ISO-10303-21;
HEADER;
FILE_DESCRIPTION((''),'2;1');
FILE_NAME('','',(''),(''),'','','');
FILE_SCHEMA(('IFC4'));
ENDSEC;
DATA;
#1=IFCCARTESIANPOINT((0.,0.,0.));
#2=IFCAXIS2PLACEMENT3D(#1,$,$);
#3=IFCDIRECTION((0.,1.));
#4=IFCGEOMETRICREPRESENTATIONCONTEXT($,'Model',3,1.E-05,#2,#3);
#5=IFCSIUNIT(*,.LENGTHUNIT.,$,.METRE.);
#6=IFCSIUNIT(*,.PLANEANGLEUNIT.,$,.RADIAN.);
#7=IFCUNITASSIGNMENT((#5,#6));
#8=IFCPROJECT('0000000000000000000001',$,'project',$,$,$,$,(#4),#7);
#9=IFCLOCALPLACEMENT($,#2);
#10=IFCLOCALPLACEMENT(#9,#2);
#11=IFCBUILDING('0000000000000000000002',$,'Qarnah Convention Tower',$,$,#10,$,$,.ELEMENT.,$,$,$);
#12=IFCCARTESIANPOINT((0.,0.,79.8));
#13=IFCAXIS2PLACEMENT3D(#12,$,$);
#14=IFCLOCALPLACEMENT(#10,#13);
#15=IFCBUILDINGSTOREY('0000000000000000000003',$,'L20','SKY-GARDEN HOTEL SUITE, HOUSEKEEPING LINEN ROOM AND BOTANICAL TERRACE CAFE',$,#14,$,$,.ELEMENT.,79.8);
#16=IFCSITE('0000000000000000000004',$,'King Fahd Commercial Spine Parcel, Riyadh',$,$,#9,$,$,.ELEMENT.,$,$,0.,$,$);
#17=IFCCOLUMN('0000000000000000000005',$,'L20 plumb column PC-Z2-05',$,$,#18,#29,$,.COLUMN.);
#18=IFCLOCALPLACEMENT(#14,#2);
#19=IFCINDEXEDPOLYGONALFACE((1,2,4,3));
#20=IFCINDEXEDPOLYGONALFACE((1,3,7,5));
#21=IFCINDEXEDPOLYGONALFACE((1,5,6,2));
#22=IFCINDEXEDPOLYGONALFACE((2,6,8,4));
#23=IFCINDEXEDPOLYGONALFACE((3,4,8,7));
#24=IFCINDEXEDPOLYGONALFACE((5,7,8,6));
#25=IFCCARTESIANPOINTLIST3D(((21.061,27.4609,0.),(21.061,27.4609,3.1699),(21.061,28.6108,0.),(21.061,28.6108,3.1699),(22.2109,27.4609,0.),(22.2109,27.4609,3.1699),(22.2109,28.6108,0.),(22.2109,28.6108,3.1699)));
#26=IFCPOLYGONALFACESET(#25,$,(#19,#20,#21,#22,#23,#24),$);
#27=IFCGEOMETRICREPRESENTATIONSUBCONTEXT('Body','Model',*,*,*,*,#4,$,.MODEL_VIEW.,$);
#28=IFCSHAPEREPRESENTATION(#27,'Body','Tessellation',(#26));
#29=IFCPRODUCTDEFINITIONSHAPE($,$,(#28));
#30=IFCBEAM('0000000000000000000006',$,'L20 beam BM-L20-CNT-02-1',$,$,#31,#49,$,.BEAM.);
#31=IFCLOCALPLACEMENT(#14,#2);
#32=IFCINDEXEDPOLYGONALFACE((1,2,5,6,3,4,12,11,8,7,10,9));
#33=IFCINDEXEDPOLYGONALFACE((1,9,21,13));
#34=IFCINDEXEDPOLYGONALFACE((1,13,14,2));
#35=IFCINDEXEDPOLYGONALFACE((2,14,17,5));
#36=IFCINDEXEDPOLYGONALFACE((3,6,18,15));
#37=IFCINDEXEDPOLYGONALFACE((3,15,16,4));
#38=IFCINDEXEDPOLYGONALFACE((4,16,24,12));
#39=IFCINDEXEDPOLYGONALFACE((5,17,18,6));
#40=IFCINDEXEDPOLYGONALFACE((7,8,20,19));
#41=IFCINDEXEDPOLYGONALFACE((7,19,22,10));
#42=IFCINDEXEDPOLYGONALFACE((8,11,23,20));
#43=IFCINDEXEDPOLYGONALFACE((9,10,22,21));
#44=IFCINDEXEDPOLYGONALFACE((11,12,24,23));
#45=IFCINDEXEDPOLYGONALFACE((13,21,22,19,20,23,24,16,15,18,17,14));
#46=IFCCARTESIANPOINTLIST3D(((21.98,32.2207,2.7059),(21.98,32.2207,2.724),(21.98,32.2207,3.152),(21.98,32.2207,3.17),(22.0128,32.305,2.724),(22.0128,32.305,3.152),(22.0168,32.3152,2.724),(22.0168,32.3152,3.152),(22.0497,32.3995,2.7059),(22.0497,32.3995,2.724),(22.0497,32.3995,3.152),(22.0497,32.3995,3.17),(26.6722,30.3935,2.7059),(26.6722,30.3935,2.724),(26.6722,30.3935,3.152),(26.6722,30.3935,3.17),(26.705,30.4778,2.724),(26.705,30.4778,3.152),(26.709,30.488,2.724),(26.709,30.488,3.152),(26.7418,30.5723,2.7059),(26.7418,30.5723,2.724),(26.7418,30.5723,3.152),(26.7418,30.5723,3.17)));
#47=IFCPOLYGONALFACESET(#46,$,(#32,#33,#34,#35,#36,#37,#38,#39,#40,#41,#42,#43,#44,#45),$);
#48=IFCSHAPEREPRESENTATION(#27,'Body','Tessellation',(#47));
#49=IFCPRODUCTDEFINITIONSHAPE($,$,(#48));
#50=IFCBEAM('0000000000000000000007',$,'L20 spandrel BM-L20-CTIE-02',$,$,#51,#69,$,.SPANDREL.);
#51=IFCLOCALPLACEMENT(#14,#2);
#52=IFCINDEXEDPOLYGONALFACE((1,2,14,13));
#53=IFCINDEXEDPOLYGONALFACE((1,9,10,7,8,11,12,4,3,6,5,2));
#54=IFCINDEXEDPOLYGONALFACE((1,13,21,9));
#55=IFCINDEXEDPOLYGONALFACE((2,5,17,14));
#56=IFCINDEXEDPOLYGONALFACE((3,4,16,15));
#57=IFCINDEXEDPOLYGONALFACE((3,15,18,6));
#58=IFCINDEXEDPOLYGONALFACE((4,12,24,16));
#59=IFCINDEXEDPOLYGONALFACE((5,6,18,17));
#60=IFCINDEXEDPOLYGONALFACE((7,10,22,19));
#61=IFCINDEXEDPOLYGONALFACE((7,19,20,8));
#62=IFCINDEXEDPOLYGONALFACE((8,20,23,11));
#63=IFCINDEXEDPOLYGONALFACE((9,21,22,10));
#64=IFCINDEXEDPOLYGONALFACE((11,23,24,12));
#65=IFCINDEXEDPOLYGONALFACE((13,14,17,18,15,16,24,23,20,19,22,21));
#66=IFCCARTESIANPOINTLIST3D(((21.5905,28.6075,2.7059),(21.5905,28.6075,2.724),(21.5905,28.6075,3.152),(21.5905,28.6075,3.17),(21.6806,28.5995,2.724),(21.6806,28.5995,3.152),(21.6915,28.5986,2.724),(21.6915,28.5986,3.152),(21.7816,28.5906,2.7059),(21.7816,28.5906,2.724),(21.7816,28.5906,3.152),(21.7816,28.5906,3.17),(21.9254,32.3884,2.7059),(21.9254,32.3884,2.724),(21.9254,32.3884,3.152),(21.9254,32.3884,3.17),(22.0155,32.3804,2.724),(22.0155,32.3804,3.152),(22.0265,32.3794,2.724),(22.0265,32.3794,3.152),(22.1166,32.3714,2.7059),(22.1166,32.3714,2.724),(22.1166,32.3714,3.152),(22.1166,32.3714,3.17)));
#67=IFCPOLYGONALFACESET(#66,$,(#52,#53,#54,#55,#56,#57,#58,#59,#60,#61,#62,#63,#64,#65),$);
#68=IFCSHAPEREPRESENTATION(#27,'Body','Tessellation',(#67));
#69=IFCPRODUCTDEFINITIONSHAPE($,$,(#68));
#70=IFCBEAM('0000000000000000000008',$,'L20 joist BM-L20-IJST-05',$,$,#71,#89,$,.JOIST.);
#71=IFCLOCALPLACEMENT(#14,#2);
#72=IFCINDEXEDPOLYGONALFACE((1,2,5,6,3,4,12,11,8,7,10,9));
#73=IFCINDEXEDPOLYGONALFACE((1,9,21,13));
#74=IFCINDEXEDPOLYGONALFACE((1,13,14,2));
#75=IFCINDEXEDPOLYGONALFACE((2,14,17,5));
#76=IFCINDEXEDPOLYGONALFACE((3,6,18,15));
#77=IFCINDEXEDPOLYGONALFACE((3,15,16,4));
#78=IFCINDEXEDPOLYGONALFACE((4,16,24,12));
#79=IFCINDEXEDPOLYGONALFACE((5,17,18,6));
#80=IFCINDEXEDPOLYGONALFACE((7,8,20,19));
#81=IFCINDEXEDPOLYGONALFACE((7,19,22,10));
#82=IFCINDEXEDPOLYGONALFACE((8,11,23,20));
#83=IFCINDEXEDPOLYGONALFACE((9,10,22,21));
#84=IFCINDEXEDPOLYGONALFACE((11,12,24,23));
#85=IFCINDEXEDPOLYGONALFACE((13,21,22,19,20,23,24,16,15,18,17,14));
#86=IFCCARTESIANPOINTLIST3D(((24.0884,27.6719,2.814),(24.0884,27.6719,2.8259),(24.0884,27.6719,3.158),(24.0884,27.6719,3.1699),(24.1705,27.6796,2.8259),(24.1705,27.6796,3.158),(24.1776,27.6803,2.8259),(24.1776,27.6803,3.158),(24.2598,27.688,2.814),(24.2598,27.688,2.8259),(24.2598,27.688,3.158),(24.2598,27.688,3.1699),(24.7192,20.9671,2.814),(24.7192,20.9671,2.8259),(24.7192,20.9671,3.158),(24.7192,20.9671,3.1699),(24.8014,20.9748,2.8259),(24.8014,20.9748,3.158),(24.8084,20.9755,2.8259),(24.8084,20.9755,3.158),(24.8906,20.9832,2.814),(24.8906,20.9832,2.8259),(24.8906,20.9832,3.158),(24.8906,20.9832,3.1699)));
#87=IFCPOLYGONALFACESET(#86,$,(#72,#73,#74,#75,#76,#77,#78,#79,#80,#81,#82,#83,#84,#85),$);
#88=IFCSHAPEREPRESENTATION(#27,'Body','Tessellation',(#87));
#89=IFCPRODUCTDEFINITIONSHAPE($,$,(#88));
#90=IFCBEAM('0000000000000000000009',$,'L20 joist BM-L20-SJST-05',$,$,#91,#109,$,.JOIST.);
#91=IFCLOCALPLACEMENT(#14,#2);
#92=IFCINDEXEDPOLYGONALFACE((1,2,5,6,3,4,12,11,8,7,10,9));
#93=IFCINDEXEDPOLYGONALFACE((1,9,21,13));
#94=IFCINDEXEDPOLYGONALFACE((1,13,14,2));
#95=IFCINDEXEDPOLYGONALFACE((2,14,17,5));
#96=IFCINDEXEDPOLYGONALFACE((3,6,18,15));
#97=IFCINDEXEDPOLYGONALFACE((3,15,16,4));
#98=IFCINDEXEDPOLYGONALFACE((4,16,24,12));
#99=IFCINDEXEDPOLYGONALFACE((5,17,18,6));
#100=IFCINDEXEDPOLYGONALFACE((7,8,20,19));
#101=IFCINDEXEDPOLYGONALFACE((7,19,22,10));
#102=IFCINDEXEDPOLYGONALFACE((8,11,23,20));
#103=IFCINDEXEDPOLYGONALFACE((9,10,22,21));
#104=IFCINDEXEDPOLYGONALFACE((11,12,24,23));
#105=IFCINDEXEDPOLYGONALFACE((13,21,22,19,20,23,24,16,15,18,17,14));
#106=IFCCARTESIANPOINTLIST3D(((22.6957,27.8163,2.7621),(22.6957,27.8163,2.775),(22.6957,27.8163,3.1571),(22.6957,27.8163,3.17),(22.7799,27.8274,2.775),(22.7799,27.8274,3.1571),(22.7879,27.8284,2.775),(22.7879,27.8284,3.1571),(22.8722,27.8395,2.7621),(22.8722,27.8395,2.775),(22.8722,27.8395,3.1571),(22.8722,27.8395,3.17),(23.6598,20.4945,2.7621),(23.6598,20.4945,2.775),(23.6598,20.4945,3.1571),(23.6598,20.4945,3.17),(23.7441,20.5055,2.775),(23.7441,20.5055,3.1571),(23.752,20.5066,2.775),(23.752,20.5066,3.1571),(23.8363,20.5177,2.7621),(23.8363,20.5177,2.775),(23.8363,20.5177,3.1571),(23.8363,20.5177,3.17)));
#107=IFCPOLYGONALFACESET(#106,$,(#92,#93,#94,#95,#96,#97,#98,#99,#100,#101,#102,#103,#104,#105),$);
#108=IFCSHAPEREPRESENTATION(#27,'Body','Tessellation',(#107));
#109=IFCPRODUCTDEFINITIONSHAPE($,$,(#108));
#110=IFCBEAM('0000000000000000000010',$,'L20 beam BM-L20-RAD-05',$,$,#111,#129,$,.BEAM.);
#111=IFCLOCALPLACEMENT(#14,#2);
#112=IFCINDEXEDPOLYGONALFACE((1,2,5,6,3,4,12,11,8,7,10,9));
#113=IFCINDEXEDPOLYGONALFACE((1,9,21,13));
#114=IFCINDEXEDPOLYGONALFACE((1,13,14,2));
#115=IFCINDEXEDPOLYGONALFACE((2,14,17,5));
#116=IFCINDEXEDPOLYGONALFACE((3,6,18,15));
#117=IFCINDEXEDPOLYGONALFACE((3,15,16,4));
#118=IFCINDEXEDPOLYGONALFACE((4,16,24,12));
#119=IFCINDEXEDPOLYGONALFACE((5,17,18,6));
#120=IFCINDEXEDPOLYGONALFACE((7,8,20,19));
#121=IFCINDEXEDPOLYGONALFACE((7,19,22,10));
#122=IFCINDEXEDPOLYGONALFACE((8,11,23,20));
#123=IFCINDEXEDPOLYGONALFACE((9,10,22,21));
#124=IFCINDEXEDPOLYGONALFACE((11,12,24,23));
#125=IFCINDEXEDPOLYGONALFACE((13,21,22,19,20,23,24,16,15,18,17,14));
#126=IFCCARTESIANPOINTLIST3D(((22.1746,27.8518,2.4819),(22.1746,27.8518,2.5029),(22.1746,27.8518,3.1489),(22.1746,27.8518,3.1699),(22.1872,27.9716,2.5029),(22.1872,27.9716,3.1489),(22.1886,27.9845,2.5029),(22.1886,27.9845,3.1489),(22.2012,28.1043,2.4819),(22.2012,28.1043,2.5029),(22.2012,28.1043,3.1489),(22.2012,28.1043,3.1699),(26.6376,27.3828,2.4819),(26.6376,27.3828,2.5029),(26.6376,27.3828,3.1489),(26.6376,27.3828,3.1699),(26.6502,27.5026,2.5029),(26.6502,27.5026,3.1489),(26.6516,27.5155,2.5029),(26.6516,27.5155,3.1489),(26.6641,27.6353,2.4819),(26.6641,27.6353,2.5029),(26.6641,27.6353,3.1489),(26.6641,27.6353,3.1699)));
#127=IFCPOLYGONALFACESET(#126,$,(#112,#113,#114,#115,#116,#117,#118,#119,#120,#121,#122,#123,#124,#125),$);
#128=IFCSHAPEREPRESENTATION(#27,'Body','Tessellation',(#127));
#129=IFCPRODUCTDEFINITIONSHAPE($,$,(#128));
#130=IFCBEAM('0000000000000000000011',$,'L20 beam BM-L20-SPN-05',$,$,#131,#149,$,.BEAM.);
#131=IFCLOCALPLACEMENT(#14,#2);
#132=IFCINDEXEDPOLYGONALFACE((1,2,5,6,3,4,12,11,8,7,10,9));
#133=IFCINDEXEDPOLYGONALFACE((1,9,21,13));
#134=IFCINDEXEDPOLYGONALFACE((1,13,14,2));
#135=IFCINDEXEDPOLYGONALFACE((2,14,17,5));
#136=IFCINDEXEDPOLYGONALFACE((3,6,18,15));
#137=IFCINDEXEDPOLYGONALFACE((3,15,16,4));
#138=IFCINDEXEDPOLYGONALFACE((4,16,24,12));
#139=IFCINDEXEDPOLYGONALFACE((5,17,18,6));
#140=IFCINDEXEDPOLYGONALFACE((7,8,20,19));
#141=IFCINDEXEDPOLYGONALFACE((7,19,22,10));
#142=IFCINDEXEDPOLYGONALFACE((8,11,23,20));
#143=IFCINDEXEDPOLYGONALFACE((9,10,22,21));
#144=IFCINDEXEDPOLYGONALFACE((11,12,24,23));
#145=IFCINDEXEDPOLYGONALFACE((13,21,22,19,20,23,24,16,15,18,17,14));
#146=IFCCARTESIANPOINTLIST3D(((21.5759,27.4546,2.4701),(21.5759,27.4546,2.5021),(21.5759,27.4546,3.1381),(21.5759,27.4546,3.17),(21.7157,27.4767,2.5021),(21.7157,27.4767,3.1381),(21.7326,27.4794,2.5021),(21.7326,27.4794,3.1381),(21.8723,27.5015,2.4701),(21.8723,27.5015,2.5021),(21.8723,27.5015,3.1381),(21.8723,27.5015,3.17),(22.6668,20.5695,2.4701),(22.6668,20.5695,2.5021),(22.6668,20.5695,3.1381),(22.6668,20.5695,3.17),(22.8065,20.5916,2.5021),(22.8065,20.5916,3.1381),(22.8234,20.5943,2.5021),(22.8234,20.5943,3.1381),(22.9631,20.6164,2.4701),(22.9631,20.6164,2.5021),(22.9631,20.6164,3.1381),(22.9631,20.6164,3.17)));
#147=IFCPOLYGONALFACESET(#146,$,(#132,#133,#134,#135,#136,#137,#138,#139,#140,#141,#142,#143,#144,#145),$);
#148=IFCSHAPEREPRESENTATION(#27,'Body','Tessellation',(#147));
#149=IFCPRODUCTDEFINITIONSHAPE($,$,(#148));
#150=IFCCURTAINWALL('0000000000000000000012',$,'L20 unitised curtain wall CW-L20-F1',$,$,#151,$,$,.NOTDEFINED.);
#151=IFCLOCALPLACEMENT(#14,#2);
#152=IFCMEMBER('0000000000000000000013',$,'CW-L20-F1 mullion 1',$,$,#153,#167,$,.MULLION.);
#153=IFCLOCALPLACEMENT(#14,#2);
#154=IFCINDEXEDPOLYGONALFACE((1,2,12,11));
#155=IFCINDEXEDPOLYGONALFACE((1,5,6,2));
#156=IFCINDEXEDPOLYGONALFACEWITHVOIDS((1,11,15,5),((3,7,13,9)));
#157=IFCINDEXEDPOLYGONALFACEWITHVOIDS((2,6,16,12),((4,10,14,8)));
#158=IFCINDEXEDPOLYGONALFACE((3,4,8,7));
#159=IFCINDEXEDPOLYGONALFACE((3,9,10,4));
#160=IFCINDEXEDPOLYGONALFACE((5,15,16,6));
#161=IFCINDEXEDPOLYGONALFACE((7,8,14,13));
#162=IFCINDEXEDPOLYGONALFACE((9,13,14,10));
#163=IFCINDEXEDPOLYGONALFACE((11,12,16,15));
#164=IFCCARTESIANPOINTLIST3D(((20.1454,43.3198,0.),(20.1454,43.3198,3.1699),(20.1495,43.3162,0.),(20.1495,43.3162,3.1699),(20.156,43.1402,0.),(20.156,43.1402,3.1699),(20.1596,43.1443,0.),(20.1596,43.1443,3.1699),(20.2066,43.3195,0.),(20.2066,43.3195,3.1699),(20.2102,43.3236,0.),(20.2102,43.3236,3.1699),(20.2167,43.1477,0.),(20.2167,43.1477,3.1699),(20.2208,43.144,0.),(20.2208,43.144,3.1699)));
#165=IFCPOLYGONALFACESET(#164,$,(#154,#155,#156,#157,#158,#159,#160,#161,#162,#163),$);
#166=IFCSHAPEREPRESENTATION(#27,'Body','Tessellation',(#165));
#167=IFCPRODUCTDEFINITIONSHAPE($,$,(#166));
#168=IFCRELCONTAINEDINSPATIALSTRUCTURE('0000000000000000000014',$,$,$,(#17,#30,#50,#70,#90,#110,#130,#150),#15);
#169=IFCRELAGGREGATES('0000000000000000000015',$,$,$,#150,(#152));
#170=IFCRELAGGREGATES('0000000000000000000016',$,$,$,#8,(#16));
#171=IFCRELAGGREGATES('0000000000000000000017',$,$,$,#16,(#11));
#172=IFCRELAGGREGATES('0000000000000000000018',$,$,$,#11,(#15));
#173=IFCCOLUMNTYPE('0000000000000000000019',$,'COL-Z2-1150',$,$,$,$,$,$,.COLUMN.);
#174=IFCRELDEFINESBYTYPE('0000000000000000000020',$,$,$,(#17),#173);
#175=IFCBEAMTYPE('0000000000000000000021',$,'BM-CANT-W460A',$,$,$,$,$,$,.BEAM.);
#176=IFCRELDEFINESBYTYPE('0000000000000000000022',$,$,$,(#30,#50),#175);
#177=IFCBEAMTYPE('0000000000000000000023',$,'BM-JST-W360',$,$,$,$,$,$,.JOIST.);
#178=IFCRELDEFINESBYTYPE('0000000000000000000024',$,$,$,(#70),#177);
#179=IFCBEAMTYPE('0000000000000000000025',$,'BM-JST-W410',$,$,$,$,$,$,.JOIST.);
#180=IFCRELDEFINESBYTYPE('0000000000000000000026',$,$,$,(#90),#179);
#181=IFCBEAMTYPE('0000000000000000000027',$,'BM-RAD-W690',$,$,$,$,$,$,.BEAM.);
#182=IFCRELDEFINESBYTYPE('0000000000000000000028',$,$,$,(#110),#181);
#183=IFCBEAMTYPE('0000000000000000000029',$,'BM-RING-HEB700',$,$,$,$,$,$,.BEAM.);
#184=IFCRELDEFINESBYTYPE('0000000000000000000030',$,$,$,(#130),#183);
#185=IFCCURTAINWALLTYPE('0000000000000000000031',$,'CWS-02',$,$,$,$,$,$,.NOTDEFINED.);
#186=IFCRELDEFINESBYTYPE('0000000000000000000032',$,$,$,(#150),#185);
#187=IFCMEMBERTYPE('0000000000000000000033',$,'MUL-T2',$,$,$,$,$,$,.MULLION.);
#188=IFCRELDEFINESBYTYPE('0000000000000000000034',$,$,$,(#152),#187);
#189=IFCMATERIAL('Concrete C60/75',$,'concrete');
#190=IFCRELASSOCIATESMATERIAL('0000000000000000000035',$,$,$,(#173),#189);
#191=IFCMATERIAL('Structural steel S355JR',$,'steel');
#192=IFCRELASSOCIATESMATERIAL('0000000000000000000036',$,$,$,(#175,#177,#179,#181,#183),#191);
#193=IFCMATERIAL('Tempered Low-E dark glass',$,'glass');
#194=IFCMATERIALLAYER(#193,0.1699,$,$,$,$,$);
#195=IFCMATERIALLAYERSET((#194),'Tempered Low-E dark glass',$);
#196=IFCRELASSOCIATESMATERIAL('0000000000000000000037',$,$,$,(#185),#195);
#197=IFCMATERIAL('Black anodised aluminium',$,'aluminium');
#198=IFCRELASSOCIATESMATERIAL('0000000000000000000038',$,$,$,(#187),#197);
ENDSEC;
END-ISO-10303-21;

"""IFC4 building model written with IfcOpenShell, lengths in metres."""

from ifc_helpers import new_model, si_unit, direction, frame, origin, origin_2d, place, context, subcontext, project, spatial, rectangle, hollow_rectangle, i_section, extrude, material, layer, layer_set, material_profile, profile_set, type_object, element, aggregate, save


model = new_model("IFC4")

# Units and contexts
model_context = context("Model", 3, precision=1e-05, world=origin(), true_north=direction((0.0, 1.0)))
body_context = subcontext(model_context, "Body", "Model", "MODEL_VIEW")
ifc_project = project(units=[si_unit("LENGTHUNIT", "METRE"), si_unit("PLANEANGLEUNIT", "RADIAN")], contexts=[model_context])

# Site, building, storey
site_placement = place(None, origin())
site = spatial("IfcSite", under=ifc_project, at=site_placement, Name="King Fahd Commercial Spine Parcel, Riyadh", CompositionType="ELEMENT", RefElevation=0.0)
building_placement = place(site_placement, origin())
building = spatial("IfcBuilding", under=site, at=building_placement, Name="Qarnah Convention Tower", CompositionType="ELEMENT")
storey_placement = place(building_placement, frame((0.0, 0.0, 79.8)))
storey = spatial("IfcBuildingStorey", under=building, at=storey_placement, Name="L20", Description="SKY-GARDEN HOTEL SUITE, HOUSEKEEPING LINEN ROOM AND BOTANICAL TERRACE CAFE", CompositionType="ELEMENT", Elevation=79.8)

# Column
ifc_material_1 = material(Name="Concrete C60/75", Category="concrete")
ifc_material_profile_1 = material_profile(ifc_material_1, rectangle(XDim=1.1499, YDim=1.1499, at=origin_2d()), Name="RC-COL-1150X1150")
ifc_profile_set_1 = profile_set([ifc_material_profile_1], Name="Concrete C60/75")
column_type = type_object("IfcColumnType", Name="COL-Z2-1150", PredefinedType="COLUMN", material=ifc_profile_set_1)
column_placement = place(storey_placement, frame((21.636, 28.0359, 0.0), z_axis=(0.0, 0.0, 1.0), x_axis=(1.0, 0.0, 0.0)))
element("IfcColumn", 1, at=column_placement, inside=storey, type_object=column_type, Name="L20 plumb column PC-Z2-05", PredefinedType="COLUMN", context=body_context, shape_type="SweptSolid", body=[
    extrude(rectangle(XDim=1.1499, YDim=1.1499, at=origin_2d()), origin(), (0.0, 0.0, 1.0), 3.1699),
])

# Beams
ifc_material_2 = material(Name="Structural steel S355JR", Category="steel")
ifc_material_profile_2 = material_profile(ifc_material_2, i_section(OverallWidth=0.1919, OverallDepth=0.4641, WebThickness=0.011, FlangeThickness=0.0181, at=origin_2d()), Name="W460X89")
ifc_profile_set_2 = profile_set([ifc_material_profile_2], Name="Structural steel S355JR")
beam_type_1 = type_object("IfcBeamType", Name="BM-CANT-W460A", PredefinedType="BEAM", material=ifc_profile_set_2)
beam_1_placement = place(storey_placement, frame((26.707, 30.4829, 2.938), z_axis=(-0.931842, 0.362865, 0.0), x_axis=(-0.362865, -0.931842, 0.0)))
element("IfcBeam", 2, at=beam_1_placement, inside=storey, type_object=beam_type_1, Name="L20 beam BM-L20-CNT-02-1", PredefinedType="BEAM", context=body_context, shape_type="SweptSolid", body=[
    extrude(i_section(OverallWidth=0.1919, OverallDepth=0.4641, WebThickness=0.011, FlangeThickness=0.0181, at=origin_2d()), origin(), (0.0, 0.0, 1.0), 5.0354),
])
beam_2_placement = place(storey_placement, frame((22.021, 32.3799, 2.938), z_axis=(-0.08825, -0.996098, 0.0), x_axis=(0.996098, -0.08825, 0.0)))
element("IfcBeam", 3, at=beam_2_placement, inside=storey, type_object=beam_type_1, Name="L20 spandrel BM-L20-CTIE-02", PredefinedType="SPANDREL", context=body_context, shape_type="SweptSolid", body=[
    extrude(i_section(OverallWidth=0.1919, OverallDepth=0.4641, WebThickness=0.011, FlangeThickness=0.0181, at=origin_2d()), origin(), (0.0, 0.0, 1.0), 3.7957),
])
ifc_material_profile_3 = material_profile(ifc_material_2, i_section(OverallWidth=0.1721, OverallDepth=0.356, WebThickness=0.0071, FlangeThickness=0.012, at=origin_2d()), Name="W360X51")
ifc_profile_set_3 = profile_set([ifc_material_profile_3], Name="Structural steel S355JR")
beam_type_2 = type_object("IfcBeamType", Name="BM-JST-W360", PredefinedType="JOIST", material=ifc_profile_set_3)
beam_3_placement = place(storey_placement, frame((24.1741, 27.6799, 2.9919), z_axis=(0.093676, -0.995603, 0.0), x_axis=(0.995603, 0.093676, 0.0)))
element("IfcBeam", 4, at=beam_3_placement, inside=storey, type_object=beam_type_2, Name="L20 joist BM-L20-IJST-05", PredefinedType="JOIST", context=body_context, shape_type="SweptSolid", body=[
    extrude(i_section(OverallWidth=0.1721, OverallDepth=0.356, WebThickness=0.0071, FlangeThickness=0.012, at=origin_2d()), origin(), (0.0, 0.0, 1.0), 6.7344),
])
ifc_material_profile_4 = material_profile(ifc_material_2, i_section(OverallWidth=0.178, OverallDepth=0.408, WebThickness=0.0081, FlangeThickness=0.0129, at=origin_2d()), Name="W410X60")
ifc_profile_set_4 = profile_set([ifc_material_profile_4], Name="Structural steel S355JR")
beam_type_3 = type_object("IfcBeamType", Name="BM-JST-W410", PredefinedType="JOIST", material=ifc_profile_set_4)
beam_4_placement = place(storey_placement, frame((22.7839, 27.8279, 2.9661), z_axis=(0.13055, -0.991442, 0.0), x_axis=(0.991442, 0.13055, 0.0)))
element("IfcBeam", 5, at=beam_4_placement, inside=storey, type_object=beam_type_3, Name="L20 joist BM-L20-SJST-05", PredefinedType="JOIST", context=body_context, shape_type="SweptSolid", body=[
    extrude(i_section(OverallWidth=0.178, OverallDepth=0.408, WebThickness=0.0081, FlangeThickness=0.0129, at=origin_2d()), origin(), (0.0, 0.0, 1.0), 7.385),
])
ifc_material_profile_5 = material_profile(ifc_material_2, i_section(OverallWidth=0.2539, OverallDepth=0.688, WebThickness=0.0129, FlangeThickness=0.021, at=origin_2d()), Name="W690X152")
ifc_profile_set_5 = profile_set([ifc_material_profile_5], Name="Structural steel S355JR")
beam_type_4 = type_object("IfcBeamType", Name="BM-RAD-W690", PredefinedType="BEAM", material=ifc_profile_set_5)
beam_5_placement = place(storey_placement, frame((26.6509, 27.509, 2.8259), z_axis=(-0.994524, 0.104512, 0.0), x_axis=(-0.104512, -0.994524, 0.0)))
element("IfcBeam", 6, at=beam_5_placement, inside=storey, type_object=beam_type_4, Name="L20 beam BM-L20-RAD-05", PredefinedType="BEAM", context=body_context, shape_type="SweptSolid", body=[
    extrude(i_section(OverallWidth=0.2539, OverallDepth=0.688, WebThickness=0.0129, FlangeThickness=0.021, at=origin_2d()), origin(), (0.0, 0.0, 1.0), 4.4875),
])
ifc_material_profile_6 = material_profile(ifc_material_2, i_section(OverallWidth=0.3, OverallDepth=0.7, WebThickness=0.0171, FlangeThickness=0.032, at=origin_2d()), Name="HEB700")
ifc_profile_set_6 = profile_set([ifc_material_profile_6], Name="Structural steel S355JR")
beam_type_5 = type_object("IfcBeamType", Name="BM-RING-HEB700", PredefinedType="BEAM", material=ifc_profile_set_6)
beam_6_placement = place(storey_placement, frame((21.7241, 27.478, 2.8201), z_axis=(0.156482, -0.987681, 0.0), x_axis=(0.987681, 0.156482, 0.0)))
element("IfcBeam", 7, at=beam_6_placement, inside=storey, type_object=beam_type_5, Name="L20 beam BM-L20-SPN-05", PredefinedType="BEAM", context=body_context, shape_type="SweptSolid", body=[
    extrude(i_section(OverallWidth=0.3, OverallDepth=0.7, WebThickness=0.0171, FlangeThickness=0.032, at=origin_2d()), origin(), (0.0, 0.0, 1.0), 6.9709),
])

# Curtain wall, member
ifc_material_3 = material(Name="Tempered Low-E dark glass", Category="glass")
ifc_layer_1 = layer(ifc_material_3, 0.1699)
ifc_layer_set_1 = layer_set([ifc_layer_1], Name="Tempered Low-E dark glass")
curtain_wall_type = type_object("IfcCurtainWallType", Name="CWS-02", PredefinedType="NOTDEFINED", material=ifc_layer_set_1)
curtain_wall_1_placement = place(storey_placement, origin())
curtain_wall_1 = element("IfcCurtainWall", 8, at=curtain_wall_1_placement, inside=storey, type_object=curtain_wall_type, Name="L20 unitised curtain wall CW-L20-F1", PredefinedType="NOTDEFINED")
ifc_material_4 = material(Name="Black anodised aluminium", Category="aluminium")
ifc_material_profile_7 = material_profile(ifc_material_4, hollow_rectangle(XDim=0.0649, YDim=0.1799, WallThickness=0.0039, at=origin_2d()), Name="MUL-65X180")
ifc_profile_set_7 = profile_set([ifc_material_profile_7], Name="Black anodised aluminium")
member_type_1 = type_object("IfcMemberType", Name="MUL-T2", PredefinedType="MULLION", material=ifc_profile_set_7)
member_1_placement = place(storey_placement, frame((20.1831, 43.2319, 0.0), z_axis=(0.0, 0.0, 1.0), x_axis=(0.998281, 0.058616, 0.0)))
member_1 = element("IfcMember", 9, at=member_1_placement, type_object=member_type_1, Name="CW-L20-F1 mullion 1", PredefinedType="MULLION", context=body_context, shape_type="SweptSolid", body=[
    extrude(hollow_rectangle(XDim=0.0649, YDim=0.1799, WallThickness=0.0039, at=origin_2d()), origin(), (0.0, 0.0, 1.0), 3.1699),
])

aggregate(curtain_wall_1, [member_1])

save(model, "model.ifc")
